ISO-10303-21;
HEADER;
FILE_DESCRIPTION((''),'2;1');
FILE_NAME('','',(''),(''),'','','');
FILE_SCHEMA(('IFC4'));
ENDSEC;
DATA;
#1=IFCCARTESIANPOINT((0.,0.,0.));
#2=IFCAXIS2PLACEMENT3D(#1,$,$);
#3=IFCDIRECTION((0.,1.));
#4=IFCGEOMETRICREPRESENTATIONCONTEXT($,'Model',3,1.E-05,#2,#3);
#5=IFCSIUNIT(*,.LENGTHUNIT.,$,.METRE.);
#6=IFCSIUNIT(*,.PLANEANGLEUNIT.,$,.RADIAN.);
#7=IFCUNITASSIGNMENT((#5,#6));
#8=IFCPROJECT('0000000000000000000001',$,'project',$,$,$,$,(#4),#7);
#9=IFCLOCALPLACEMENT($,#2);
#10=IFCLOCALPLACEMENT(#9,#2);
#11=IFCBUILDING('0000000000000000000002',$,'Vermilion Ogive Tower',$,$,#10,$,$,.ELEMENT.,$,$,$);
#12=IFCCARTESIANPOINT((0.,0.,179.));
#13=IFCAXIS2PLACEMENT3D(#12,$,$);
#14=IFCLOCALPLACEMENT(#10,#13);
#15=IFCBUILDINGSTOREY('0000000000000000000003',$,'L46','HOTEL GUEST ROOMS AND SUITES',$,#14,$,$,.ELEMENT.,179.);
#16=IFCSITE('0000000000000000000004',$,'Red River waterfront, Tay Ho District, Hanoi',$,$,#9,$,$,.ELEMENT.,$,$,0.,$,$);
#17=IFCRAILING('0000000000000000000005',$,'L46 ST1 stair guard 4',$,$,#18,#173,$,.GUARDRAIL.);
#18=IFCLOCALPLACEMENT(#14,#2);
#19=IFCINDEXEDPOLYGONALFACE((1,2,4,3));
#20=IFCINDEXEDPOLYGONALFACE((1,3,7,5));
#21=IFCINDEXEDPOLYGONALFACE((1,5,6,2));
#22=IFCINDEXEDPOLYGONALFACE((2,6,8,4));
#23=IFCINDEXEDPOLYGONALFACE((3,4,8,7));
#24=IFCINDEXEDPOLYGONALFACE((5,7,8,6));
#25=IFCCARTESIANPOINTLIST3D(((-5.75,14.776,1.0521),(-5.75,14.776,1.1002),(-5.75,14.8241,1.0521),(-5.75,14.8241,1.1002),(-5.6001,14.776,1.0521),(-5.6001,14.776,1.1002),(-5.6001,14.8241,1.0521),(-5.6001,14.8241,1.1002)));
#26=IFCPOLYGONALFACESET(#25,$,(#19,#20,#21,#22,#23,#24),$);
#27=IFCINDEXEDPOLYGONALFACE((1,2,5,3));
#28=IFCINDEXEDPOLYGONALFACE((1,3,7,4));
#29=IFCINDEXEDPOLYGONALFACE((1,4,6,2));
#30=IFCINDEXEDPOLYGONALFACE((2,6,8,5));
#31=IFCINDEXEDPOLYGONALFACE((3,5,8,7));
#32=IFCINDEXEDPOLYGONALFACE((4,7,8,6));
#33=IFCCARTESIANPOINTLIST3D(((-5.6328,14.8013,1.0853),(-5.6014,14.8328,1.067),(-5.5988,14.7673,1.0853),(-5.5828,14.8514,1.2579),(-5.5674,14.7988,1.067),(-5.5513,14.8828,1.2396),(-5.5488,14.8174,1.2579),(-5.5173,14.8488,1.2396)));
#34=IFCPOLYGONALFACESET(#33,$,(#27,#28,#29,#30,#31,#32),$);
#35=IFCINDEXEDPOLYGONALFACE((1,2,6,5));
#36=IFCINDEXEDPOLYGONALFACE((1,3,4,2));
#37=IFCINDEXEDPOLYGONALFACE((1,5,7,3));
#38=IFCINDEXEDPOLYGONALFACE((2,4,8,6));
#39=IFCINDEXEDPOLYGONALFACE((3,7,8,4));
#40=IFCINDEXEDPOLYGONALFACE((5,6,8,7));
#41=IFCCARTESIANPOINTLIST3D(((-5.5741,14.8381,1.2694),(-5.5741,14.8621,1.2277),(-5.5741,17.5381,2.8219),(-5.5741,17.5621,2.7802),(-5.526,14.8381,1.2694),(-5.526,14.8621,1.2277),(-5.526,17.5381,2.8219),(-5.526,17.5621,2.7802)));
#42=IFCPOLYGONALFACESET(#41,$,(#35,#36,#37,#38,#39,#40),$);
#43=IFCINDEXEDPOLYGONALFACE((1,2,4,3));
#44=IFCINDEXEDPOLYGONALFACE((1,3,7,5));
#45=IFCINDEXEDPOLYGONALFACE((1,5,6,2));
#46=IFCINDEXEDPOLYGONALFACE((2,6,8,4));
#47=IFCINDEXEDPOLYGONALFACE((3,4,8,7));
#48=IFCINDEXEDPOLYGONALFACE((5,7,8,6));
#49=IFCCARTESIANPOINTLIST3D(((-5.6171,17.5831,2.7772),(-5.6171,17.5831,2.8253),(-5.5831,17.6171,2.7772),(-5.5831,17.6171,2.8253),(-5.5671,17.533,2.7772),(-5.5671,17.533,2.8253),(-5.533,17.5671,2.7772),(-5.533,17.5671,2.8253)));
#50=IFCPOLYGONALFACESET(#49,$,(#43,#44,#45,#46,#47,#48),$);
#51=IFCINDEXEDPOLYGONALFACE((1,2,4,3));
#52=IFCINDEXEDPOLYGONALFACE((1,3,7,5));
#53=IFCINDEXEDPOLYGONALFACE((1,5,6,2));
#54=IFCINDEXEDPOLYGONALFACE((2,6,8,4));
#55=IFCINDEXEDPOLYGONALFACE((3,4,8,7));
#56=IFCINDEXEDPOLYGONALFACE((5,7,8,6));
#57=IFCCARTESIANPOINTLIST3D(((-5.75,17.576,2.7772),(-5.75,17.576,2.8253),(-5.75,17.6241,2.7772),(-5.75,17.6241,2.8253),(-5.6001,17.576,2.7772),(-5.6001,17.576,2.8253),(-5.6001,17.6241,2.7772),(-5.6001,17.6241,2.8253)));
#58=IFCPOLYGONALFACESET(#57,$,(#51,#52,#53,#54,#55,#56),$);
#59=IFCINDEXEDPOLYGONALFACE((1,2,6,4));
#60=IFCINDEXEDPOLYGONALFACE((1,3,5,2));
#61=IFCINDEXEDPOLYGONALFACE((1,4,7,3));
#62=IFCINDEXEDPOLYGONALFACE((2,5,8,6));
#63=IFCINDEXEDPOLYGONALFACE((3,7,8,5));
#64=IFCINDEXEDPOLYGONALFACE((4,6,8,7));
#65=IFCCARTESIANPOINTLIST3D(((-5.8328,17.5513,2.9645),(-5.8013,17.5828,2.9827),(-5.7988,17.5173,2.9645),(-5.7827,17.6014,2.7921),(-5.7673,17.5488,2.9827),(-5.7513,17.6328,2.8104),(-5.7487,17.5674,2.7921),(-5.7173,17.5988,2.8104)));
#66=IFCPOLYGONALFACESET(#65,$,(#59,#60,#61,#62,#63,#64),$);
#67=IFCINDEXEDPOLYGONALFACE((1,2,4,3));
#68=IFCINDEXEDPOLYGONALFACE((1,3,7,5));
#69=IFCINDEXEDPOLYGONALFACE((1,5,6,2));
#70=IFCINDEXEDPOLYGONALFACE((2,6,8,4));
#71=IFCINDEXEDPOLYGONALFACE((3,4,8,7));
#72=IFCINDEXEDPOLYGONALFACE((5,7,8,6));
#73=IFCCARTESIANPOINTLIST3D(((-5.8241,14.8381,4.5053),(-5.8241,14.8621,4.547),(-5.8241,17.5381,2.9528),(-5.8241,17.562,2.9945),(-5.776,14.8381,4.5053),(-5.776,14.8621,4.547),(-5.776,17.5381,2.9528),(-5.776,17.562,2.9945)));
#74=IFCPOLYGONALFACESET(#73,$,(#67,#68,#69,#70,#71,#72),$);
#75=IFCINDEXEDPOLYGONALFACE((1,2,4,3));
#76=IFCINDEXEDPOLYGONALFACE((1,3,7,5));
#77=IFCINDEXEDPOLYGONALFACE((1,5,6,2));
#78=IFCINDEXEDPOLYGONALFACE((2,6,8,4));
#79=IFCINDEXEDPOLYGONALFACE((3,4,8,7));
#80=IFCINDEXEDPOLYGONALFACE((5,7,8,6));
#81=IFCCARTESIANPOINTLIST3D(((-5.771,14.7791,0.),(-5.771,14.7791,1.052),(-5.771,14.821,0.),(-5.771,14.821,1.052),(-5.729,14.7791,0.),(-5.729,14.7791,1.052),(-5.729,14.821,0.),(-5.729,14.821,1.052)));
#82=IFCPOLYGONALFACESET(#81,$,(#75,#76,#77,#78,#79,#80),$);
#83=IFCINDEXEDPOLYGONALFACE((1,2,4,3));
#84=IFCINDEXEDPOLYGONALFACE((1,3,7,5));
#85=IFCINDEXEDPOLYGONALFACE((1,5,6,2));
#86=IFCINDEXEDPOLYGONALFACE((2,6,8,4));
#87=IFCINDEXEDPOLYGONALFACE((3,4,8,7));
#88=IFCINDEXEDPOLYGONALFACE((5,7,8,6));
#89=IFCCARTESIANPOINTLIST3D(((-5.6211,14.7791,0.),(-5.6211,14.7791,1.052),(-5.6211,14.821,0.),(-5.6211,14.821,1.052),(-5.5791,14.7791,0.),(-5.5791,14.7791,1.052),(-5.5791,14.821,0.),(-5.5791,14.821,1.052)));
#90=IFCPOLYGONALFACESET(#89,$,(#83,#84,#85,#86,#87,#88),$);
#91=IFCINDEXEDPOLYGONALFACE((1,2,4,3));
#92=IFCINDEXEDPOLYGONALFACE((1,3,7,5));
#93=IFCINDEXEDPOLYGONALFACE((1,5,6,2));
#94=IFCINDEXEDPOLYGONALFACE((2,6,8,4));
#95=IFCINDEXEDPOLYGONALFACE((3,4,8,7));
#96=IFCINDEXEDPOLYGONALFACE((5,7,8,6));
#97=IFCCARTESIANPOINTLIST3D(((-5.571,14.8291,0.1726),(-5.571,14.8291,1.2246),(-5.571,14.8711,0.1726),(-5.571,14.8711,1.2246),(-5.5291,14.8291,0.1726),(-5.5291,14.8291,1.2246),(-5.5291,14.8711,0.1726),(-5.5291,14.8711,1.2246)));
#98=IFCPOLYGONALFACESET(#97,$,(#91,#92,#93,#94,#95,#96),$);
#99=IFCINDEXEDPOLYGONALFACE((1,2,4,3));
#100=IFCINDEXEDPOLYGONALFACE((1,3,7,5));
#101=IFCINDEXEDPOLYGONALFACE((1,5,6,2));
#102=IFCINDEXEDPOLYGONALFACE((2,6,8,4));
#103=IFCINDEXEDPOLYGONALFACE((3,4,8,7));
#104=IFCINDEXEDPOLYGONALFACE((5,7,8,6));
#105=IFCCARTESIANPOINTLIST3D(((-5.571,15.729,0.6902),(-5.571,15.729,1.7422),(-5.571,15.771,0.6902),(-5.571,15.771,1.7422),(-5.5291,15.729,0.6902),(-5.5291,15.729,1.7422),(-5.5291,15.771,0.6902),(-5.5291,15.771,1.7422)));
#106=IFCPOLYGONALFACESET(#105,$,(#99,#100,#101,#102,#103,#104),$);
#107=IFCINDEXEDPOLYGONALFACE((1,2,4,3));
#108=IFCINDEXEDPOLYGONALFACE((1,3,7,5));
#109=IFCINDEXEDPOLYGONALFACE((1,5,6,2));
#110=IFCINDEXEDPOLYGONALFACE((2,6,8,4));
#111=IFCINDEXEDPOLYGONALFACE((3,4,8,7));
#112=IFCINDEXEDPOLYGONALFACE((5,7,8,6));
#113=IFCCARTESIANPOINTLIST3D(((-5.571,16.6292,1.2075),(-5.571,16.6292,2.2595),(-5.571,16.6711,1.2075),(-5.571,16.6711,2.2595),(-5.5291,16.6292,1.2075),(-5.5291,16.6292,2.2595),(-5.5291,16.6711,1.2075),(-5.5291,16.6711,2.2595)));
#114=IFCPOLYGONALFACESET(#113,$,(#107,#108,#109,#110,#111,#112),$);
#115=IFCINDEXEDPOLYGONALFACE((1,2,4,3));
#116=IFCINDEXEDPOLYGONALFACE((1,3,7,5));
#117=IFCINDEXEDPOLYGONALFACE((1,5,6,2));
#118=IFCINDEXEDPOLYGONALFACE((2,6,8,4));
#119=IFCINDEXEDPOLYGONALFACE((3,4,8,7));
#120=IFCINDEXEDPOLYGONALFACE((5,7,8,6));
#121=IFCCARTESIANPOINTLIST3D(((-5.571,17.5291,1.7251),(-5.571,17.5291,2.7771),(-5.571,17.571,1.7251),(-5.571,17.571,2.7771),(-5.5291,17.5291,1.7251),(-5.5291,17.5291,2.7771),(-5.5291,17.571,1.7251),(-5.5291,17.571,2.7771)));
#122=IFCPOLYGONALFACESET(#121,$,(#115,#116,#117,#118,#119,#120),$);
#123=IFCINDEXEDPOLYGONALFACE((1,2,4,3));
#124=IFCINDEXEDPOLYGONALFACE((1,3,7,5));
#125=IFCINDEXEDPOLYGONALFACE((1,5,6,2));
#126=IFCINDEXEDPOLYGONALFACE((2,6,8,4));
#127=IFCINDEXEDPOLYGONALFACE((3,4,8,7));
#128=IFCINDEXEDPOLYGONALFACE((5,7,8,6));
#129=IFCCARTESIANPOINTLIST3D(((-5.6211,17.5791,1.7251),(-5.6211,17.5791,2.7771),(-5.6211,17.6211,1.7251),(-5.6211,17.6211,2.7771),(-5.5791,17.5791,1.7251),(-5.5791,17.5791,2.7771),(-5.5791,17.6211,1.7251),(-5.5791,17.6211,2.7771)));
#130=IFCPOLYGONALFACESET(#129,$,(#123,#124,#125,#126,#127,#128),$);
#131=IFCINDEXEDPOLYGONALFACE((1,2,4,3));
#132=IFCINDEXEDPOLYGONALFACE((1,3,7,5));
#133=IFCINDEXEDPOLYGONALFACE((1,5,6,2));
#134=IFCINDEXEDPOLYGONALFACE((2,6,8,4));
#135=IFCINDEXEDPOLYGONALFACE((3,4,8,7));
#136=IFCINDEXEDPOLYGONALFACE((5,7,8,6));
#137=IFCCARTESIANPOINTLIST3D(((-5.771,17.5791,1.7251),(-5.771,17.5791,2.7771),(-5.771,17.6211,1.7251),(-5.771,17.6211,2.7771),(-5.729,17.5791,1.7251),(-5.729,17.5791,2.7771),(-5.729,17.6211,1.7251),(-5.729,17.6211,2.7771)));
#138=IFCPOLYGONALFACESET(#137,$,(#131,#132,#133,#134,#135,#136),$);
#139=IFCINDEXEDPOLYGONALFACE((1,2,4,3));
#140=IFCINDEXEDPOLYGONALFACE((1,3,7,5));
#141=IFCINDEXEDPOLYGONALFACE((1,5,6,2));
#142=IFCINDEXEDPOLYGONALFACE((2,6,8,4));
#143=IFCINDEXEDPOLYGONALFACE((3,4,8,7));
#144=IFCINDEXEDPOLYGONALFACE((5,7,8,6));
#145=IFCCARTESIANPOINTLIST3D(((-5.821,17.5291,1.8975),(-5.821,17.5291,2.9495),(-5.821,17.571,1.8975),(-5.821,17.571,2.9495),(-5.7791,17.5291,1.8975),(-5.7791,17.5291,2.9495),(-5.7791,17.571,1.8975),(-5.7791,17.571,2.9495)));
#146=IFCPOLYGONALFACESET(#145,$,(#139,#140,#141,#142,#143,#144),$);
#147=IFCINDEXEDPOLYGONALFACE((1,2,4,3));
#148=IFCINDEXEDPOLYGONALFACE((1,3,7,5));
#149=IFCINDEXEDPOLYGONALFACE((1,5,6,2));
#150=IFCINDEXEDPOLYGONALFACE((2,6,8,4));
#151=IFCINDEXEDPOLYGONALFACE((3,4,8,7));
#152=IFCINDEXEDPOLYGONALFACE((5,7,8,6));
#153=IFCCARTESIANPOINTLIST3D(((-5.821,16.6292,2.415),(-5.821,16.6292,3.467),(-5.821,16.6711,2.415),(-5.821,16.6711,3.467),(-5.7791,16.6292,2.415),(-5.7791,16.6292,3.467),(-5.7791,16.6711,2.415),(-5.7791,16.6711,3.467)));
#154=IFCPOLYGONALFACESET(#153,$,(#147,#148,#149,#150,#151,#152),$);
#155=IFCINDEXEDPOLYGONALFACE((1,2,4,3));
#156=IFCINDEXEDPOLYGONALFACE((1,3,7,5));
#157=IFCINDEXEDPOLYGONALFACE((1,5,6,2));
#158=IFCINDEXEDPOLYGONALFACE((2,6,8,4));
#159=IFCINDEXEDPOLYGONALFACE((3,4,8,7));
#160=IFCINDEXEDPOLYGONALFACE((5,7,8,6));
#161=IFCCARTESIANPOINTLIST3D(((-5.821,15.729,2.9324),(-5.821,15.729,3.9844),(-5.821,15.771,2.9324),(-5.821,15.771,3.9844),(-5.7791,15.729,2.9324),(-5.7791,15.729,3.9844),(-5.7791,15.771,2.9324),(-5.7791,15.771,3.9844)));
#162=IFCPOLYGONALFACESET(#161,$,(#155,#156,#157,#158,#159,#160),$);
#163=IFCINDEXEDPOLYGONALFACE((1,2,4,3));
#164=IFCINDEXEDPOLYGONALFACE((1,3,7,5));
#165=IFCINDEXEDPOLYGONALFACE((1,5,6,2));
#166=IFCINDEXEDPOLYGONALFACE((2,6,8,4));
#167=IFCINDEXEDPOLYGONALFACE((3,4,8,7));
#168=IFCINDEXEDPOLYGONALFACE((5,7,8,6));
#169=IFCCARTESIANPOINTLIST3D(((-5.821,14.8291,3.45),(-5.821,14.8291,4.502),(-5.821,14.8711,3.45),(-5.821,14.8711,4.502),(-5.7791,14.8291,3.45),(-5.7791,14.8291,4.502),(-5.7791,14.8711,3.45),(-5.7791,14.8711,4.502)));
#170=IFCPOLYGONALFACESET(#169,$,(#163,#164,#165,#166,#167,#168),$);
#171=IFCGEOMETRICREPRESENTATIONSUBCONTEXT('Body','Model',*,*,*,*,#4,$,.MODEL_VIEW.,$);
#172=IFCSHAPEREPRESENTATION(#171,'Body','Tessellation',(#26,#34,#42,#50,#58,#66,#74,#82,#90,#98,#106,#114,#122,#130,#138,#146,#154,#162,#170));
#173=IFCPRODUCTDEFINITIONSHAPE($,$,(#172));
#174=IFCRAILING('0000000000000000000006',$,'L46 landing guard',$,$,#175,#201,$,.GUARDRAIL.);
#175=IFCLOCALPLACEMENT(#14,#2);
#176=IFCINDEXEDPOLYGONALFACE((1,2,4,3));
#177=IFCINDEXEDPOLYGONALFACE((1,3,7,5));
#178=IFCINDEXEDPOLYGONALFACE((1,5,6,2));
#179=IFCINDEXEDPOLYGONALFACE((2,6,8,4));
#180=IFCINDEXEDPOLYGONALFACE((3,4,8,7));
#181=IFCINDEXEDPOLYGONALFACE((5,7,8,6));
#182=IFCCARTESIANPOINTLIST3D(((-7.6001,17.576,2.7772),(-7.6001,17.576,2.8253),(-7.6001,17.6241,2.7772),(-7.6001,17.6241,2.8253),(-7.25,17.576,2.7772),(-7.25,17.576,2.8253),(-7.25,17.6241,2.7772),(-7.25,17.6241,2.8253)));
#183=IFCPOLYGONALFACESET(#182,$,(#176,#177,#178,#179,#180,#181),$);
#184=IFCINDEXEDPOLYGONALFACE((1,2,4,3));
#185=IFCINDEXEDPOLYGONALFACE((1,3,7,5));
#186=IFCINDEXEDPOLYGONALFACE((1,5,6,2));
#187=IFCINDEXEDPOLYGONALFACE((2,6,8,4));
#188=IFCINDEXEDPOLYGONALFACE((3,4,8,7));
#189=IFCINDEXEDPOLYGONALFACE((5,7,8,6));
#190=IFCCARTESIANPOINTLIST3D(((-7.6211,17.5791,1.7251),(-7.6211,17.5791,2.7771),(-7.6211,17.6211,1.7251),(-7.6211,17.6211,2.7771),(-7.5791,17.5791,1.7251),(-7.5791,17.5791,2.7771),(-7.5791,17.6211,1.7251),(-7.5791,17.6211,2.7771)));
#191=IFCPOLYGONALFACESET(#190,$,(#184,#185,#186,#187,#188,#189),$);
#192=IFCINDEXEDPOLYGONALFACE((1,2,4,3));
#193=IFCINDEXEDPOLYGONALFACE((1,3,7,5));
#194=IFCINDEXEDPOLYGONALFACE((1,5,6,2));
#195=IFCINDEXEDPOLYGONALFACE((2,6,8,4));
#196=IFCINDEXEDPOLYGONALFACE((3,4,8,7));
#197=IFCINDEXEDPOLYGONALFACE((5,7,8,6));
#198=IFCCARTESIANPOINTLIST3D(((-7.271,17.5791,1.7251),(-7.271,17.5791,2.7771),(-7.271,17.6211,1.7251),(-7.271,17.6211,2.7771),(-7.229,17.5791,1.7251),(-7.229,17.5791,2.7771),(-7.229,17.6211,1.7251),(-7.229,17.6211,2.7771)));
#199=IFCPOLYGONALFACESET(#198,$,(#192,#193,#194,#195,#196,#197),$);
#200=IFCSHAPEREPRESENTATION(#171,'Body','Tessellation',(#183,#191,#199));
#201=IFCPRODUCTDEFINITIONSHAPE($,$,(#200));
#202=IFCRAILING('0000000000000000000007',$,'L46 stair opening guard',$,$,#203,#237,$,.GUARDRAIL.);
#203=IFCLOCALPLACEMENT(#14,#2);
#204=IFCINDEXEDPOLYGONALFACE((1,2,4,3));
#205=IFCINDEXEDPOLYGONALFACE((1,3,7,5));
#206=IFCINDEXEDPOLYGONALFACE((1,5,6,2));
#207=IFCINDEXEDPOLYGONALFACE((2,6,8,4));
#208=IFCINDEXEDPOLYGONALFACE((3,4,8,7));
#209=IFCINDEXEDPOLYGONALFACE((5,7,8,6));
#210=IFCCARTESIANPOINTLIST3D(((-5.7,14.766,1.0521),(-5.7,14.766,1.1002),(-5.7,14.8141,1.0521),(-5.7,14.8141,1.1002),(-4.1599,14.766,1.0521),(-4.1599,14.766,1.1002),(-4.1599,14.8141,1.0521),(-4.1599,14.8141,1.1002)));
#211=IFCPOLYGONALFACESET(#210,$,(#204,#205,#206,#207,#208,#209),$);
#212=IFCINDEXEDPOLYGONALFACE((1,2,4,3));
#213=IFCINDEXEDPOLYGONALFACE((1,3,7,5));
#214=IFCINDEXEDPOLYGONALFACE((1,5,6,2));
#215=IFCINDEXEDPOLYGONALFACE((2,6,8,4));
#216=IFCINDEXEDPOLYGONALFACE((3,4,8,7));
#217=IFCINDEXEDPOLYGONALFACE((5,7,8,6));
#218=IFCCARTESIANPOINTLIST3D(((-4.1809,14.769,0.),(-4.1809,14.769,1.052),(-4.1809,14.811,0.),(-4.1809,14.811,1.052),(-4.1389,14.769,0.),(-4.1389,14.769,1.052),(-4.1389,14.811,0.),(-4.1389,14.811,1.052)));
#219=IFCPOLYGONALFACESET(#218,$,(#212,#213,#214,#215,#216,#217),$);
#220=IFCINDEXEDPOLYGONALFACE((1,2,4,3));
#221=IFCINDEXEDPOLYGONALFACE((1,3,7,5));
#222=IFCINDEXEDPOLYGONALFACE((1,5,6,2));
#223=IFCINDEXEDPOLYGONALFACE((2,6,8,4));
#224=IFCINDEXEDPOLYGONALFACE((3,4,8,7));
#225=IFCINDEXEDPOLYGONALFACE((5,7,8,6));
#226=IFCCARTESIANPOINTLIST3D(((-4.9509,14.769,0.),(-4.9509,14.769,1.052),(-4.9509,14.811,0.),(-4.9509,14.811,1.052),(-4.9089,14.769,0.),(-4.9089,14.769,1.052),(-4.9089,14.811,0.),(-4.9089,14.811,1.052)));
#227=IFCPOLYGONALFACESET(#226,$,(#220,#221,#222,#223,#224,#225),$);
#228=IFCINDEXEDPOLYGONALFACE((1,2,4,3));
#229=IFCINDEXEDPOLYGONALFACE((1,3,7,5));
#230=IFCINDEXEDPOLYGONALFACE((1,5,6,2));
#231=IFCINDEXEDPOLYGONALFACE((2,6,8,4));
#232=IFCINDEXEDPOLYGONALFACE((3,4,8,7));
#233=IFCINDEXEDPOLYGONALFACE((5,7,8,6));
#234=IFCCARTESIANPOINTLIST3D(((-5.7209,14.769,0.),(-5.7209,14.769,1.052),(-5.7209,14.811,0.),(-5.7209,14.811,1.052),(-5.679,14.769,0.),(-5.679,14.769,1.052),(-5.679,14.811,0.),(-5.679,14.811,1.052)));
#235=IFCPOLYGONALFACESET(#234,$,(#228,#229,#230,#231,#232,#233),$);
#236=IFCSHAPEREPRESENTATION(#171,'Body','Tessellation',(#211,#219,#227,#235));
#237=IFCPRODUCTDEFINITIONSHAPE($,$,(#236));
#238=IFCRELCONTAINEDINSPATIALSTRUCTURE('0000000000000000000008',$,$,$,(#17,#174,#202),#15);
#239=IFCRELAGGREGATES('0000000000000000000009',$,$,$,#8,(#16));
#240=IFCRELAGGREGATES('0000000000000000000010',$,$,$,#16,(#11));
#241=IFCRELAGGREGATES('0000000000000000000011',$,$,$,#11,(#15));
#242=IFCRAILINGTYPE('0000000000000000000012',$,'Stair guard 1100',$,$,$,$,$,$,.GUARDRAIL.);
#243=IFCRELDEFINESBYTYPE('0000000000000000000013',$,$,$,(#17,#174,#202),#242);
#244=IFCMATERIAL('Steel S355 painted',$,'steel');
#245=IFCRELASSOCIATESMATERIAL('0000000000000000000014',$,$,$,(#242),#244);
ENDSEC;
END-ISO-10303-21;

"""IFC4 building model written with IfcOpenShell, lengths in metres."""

from ifc_helpers import new_model, si_unit, direction, frame, origin, origin_2d, place, context, subcontext, project, spatial, rectangle, extrude, material, type_object, element, save


model = new_model("IFC4")

# Units and contexts
model_context = context("Model", 3, precision=1e-05, world=origin(), true_north=direction((0.0, 1.0)))
body_context = subcontext(model_context, "Body", "Model", "MODEL_VIEW")
ifc_project = project(units=[si_unit("LENGTHUNIT", "METRE"), si_unit("PLANEANGLEUNIT", "RADIAN")], contexts=[model_context])

# Site, building, storey
site_placement = place(None, origin())
site = spatial("IfcSite", under=ifc_project, at=site_placement, Name="Red River waterfront, Tay Ho District, Hanoi", CompositionType="ELEMENT", RefElevation=0.0)
building_placement = place(site_placement, origin())
building = spatial("IfcBuilding", under=site, at=building_placement, Name="Vermilion Ogive Tower", CompositionType="ELEMENT")
storey_placement = place(building_placement, frame((0.0, 0.0, 179.0)))
storey = spatial("IfcBuildingStorey", under=building, at=storey_placement, Name="L46", Description="HOTEL GUEST ROOMS AND SUITES", CompositionType="ELEMENT", Elevation=179.0)

# Railings
ifc_material_1 = material(Name="Steel S355 painted", Category="steel")
railing_type_1 = type_object("IfcRailingType", Name="Stair guard 1100", PredefinedType="GUARDRAIL", material=ifc_material_1)
railing_1_placement = place(storey_placement, frame((-5.75, 14.8, 0.0)))
element("IfcRailing", 1, at=railing_1_placement, inside=storey, type_object=railing_type_1, Name="L46 ST1 stair guard 4", PredefinedType="GUARDRAIL", context=body_context, shape_type="SweptSolid", body=[
    extrude(rectangle(XDim=0.0481, YDim=0.0481, at=origin_2d()), frame((0.0, 0.0, 1.0762), z_axis=(1.0, 0.0, 0.0), x_axis=(0.0, 1.0, 0.0)), (0.0, 0.0, 1.0), 0.1499),
    extrude(rectangle(XDim=0.0481, YDim=0.0481, at=origin_2d()), frame((0.1499, 0.0, 1.0762), z_axis=(0.268278, 0.268278, 0.925232), x_axis=(-0.707107, 0.707107, 0.0)), (0.0, 0.0, 1.0), 0.1865),
    extrude(rectangle(XDim=0.0481, YDim=0.0481, at=origin_2d()), frame((0.2, 0.05, 1.2485), z_axis=(0.0, 0.866904, 0.498476), x_axis=(-1.0, 0.0, 0.0)), (0.0, 0.0, 1.0), 3.1145),
    extrude(rectangle(XDim=0.0481, YDim=0.0481, at=origin_2d()), frame((0.2, 2.75, 2.8013), z_axis=(-0.707107, 0.707107, 0.0), x_axis=(-0.707107, -0.707107, 0.0)), (0.0, 0.0, 1.0), 0.0708),
    extrude(rectangle(XDim=0.0481, YDim=0.0481, at=origin_2d()), frame((0.1499, 2.8, 2.8013), z_axis=(-1.0, 0.0, 0.0), x_axis=(0.0, -1.0, 0.0)), (0.0, 0.0, 1.0), 0.1499),
    extrude(rectangle(XDim=0.0481, YDim=0.0481, at=origin_2d()), frame((0.0, 2.8, 2.8013), z_axis=(-0.268603, -0.268603, 0.925043), x_axis=(0.707107, -0.707107, 0.0)), (0.0, 0.0, 1.0), 0.1863),
    extrude(rectangle(XDim=0.0481, YDim=0.0481, at=origin_2d()), frame((-0.05, 2.75, 2.9736), z_axis=(0.0, -0.866904, 0.498476), x_axis=(1.0, 0.0, 0.0)), (0.0, 0.0, 1.0), 3.1145),
    extrude(rectangle(XDim=0.042, YDim=0.042, at=origin_2d()), origin(), (0.0, 0.0, 1.0), 1.052),
    extrude(rectangle(XDim=0.042, YDim=0.042, at=origin_2d()), frame((0.1499, 0.0, 0.0)), (0.0, 0.0, 1.0), 1.052),
    extrude(rectangle(XDim=0.042, YDim=0.042, at=origin_2d()), frame((0.2, 0.05, 0.1726)), (0.0, 0.0, 1.0), 1.052),
    extrude(rectangle(XDim=0.042, YDim=0.042, at=origin_2d()), frame((0.2, 0.95, 0.6902)), (0.0, 0.0, 1.0), 1.052),
    extrude(rectangle(XDim=0.042, YDim=0.042, at=origin_2d()), frame((0.2, 1.8501, 1.2075)), (0.0, 0.0, 1.0), 1.052),
    extrude(rectangle(XDim=0.042, YDim=0.042, at=origin_2d()), frame((0.2, 2.75, 1.7251)), (0.0, 0.0, 1.0), 1.052),
    extrude(rectangle(XDim=0.042, YDim=0.042, at=origin_2d()), frame((0.1499, 2.8, 1.7251)), (0.0, 0.0, 1.0), 1.052),
    extrude(rectangle(XDim=0.042, YDim=0.042, at=origin_2d()), frame((0.0, 2.8, 1.7251)), (0.0, 0.0, 1.0), 1.052),
    extrude(rectangle(XDim=0.042, YDim=0.042, at=origin_2d()), frame((-0.05, 2.75, 1.8975)), (0.0, 0.0, 1.0), 1.052),
    extrude(rectangle(XDim=0.042, YDim=0.042, at=origin_2d()), frame((-0.05, 1.8501, 2.415)), (0.0, 0.0, 1.0), 1.052),
    extrude(rectangle(XDim=0.042, YDim=0.042, at=origin_2d()), frame((-0.05, 0.95, 2.9324)), (0.0, 0.0, 1.0), 1.052),
    extrude(rectangle(XDim=0.042, YDim=0.042, at=origin_2d()), frame((-0.05, 0.05, 3.45)), (0.0, 0.0, 1.0), 1.052),
])
railing_2_placement = place(storey_placement, frame((-7.6001, 17.6001, 1.7251)))
element("IfcRailing", 2, at=railing_2_placement, inside=storey, type_object=railing_type_1, Name="L46 landing guard", PredefinedType="GUARDRAIL", context=body_context, shape_type="SweptSolid", body=[
    extrude(rectangle(XDim=0.0481, YDim=0.0481, at=origin_2d()), frame((0.0, 0.0, 1.0762), z_axis=(1.0, 0.0, 0.0), x_axis=(0.0, 1.0, 0.0)), (0.0, 0.0, 1.0), 0.3501),
    extrude(rectangle(XDim=0.042, YDim=0.042, at=origin_2d()), origin(), (0.0, 0.0, 1.0), 1.052),
    extrude(rectangle(XDim=0.042, YDim=0.042, at=origin_2d()), frame((0.3501, 0.0, 0.0)), (0.0, 0.0, 1.0), 1.052),
])
railing_3_placement = place(storey_placement, frame((-4.1599, 14.79, 0.0)))
element("IfcRailing", 3, at=railing_3_placement, inside=storey, type_object=railing_type_1, Name="L46 stair opening guard", PredefinedType="GUARDRAIL", context=body_context, shape_type="SweptSolid", body=[
    extrude(rectangle(XDim=0.0481, YDim=0.0481, at=origin_2d()), frame((0.0, 0.0, 1.0762), z_axis=(-1.0, 0.0, 0.0), x_axis=(0.0, -1.0, 0.0)), (0.0, 0.0, 1.0), 1.54),
    extrude(rectangle(XDim=0.042, YDim=0.042, at=origin_2d()), origin(), (0.0, 0.0, 1.0), 1.052),
    extrude(rectangle(XDim=0.042, YDim=0.042, at=origin_2d()), frame((-0.77, 0.0, 0.0)), (0.0, 0.0, 1.0), 1.052),
    extrude(rectangle(XDim=0.042, YDim=0.042, at=origin_2d()), frame((-1.54, 0.0, 0.0)), (0.0, 0.0, 1.0), 1.052),
])

save(model, "model.ifc")
